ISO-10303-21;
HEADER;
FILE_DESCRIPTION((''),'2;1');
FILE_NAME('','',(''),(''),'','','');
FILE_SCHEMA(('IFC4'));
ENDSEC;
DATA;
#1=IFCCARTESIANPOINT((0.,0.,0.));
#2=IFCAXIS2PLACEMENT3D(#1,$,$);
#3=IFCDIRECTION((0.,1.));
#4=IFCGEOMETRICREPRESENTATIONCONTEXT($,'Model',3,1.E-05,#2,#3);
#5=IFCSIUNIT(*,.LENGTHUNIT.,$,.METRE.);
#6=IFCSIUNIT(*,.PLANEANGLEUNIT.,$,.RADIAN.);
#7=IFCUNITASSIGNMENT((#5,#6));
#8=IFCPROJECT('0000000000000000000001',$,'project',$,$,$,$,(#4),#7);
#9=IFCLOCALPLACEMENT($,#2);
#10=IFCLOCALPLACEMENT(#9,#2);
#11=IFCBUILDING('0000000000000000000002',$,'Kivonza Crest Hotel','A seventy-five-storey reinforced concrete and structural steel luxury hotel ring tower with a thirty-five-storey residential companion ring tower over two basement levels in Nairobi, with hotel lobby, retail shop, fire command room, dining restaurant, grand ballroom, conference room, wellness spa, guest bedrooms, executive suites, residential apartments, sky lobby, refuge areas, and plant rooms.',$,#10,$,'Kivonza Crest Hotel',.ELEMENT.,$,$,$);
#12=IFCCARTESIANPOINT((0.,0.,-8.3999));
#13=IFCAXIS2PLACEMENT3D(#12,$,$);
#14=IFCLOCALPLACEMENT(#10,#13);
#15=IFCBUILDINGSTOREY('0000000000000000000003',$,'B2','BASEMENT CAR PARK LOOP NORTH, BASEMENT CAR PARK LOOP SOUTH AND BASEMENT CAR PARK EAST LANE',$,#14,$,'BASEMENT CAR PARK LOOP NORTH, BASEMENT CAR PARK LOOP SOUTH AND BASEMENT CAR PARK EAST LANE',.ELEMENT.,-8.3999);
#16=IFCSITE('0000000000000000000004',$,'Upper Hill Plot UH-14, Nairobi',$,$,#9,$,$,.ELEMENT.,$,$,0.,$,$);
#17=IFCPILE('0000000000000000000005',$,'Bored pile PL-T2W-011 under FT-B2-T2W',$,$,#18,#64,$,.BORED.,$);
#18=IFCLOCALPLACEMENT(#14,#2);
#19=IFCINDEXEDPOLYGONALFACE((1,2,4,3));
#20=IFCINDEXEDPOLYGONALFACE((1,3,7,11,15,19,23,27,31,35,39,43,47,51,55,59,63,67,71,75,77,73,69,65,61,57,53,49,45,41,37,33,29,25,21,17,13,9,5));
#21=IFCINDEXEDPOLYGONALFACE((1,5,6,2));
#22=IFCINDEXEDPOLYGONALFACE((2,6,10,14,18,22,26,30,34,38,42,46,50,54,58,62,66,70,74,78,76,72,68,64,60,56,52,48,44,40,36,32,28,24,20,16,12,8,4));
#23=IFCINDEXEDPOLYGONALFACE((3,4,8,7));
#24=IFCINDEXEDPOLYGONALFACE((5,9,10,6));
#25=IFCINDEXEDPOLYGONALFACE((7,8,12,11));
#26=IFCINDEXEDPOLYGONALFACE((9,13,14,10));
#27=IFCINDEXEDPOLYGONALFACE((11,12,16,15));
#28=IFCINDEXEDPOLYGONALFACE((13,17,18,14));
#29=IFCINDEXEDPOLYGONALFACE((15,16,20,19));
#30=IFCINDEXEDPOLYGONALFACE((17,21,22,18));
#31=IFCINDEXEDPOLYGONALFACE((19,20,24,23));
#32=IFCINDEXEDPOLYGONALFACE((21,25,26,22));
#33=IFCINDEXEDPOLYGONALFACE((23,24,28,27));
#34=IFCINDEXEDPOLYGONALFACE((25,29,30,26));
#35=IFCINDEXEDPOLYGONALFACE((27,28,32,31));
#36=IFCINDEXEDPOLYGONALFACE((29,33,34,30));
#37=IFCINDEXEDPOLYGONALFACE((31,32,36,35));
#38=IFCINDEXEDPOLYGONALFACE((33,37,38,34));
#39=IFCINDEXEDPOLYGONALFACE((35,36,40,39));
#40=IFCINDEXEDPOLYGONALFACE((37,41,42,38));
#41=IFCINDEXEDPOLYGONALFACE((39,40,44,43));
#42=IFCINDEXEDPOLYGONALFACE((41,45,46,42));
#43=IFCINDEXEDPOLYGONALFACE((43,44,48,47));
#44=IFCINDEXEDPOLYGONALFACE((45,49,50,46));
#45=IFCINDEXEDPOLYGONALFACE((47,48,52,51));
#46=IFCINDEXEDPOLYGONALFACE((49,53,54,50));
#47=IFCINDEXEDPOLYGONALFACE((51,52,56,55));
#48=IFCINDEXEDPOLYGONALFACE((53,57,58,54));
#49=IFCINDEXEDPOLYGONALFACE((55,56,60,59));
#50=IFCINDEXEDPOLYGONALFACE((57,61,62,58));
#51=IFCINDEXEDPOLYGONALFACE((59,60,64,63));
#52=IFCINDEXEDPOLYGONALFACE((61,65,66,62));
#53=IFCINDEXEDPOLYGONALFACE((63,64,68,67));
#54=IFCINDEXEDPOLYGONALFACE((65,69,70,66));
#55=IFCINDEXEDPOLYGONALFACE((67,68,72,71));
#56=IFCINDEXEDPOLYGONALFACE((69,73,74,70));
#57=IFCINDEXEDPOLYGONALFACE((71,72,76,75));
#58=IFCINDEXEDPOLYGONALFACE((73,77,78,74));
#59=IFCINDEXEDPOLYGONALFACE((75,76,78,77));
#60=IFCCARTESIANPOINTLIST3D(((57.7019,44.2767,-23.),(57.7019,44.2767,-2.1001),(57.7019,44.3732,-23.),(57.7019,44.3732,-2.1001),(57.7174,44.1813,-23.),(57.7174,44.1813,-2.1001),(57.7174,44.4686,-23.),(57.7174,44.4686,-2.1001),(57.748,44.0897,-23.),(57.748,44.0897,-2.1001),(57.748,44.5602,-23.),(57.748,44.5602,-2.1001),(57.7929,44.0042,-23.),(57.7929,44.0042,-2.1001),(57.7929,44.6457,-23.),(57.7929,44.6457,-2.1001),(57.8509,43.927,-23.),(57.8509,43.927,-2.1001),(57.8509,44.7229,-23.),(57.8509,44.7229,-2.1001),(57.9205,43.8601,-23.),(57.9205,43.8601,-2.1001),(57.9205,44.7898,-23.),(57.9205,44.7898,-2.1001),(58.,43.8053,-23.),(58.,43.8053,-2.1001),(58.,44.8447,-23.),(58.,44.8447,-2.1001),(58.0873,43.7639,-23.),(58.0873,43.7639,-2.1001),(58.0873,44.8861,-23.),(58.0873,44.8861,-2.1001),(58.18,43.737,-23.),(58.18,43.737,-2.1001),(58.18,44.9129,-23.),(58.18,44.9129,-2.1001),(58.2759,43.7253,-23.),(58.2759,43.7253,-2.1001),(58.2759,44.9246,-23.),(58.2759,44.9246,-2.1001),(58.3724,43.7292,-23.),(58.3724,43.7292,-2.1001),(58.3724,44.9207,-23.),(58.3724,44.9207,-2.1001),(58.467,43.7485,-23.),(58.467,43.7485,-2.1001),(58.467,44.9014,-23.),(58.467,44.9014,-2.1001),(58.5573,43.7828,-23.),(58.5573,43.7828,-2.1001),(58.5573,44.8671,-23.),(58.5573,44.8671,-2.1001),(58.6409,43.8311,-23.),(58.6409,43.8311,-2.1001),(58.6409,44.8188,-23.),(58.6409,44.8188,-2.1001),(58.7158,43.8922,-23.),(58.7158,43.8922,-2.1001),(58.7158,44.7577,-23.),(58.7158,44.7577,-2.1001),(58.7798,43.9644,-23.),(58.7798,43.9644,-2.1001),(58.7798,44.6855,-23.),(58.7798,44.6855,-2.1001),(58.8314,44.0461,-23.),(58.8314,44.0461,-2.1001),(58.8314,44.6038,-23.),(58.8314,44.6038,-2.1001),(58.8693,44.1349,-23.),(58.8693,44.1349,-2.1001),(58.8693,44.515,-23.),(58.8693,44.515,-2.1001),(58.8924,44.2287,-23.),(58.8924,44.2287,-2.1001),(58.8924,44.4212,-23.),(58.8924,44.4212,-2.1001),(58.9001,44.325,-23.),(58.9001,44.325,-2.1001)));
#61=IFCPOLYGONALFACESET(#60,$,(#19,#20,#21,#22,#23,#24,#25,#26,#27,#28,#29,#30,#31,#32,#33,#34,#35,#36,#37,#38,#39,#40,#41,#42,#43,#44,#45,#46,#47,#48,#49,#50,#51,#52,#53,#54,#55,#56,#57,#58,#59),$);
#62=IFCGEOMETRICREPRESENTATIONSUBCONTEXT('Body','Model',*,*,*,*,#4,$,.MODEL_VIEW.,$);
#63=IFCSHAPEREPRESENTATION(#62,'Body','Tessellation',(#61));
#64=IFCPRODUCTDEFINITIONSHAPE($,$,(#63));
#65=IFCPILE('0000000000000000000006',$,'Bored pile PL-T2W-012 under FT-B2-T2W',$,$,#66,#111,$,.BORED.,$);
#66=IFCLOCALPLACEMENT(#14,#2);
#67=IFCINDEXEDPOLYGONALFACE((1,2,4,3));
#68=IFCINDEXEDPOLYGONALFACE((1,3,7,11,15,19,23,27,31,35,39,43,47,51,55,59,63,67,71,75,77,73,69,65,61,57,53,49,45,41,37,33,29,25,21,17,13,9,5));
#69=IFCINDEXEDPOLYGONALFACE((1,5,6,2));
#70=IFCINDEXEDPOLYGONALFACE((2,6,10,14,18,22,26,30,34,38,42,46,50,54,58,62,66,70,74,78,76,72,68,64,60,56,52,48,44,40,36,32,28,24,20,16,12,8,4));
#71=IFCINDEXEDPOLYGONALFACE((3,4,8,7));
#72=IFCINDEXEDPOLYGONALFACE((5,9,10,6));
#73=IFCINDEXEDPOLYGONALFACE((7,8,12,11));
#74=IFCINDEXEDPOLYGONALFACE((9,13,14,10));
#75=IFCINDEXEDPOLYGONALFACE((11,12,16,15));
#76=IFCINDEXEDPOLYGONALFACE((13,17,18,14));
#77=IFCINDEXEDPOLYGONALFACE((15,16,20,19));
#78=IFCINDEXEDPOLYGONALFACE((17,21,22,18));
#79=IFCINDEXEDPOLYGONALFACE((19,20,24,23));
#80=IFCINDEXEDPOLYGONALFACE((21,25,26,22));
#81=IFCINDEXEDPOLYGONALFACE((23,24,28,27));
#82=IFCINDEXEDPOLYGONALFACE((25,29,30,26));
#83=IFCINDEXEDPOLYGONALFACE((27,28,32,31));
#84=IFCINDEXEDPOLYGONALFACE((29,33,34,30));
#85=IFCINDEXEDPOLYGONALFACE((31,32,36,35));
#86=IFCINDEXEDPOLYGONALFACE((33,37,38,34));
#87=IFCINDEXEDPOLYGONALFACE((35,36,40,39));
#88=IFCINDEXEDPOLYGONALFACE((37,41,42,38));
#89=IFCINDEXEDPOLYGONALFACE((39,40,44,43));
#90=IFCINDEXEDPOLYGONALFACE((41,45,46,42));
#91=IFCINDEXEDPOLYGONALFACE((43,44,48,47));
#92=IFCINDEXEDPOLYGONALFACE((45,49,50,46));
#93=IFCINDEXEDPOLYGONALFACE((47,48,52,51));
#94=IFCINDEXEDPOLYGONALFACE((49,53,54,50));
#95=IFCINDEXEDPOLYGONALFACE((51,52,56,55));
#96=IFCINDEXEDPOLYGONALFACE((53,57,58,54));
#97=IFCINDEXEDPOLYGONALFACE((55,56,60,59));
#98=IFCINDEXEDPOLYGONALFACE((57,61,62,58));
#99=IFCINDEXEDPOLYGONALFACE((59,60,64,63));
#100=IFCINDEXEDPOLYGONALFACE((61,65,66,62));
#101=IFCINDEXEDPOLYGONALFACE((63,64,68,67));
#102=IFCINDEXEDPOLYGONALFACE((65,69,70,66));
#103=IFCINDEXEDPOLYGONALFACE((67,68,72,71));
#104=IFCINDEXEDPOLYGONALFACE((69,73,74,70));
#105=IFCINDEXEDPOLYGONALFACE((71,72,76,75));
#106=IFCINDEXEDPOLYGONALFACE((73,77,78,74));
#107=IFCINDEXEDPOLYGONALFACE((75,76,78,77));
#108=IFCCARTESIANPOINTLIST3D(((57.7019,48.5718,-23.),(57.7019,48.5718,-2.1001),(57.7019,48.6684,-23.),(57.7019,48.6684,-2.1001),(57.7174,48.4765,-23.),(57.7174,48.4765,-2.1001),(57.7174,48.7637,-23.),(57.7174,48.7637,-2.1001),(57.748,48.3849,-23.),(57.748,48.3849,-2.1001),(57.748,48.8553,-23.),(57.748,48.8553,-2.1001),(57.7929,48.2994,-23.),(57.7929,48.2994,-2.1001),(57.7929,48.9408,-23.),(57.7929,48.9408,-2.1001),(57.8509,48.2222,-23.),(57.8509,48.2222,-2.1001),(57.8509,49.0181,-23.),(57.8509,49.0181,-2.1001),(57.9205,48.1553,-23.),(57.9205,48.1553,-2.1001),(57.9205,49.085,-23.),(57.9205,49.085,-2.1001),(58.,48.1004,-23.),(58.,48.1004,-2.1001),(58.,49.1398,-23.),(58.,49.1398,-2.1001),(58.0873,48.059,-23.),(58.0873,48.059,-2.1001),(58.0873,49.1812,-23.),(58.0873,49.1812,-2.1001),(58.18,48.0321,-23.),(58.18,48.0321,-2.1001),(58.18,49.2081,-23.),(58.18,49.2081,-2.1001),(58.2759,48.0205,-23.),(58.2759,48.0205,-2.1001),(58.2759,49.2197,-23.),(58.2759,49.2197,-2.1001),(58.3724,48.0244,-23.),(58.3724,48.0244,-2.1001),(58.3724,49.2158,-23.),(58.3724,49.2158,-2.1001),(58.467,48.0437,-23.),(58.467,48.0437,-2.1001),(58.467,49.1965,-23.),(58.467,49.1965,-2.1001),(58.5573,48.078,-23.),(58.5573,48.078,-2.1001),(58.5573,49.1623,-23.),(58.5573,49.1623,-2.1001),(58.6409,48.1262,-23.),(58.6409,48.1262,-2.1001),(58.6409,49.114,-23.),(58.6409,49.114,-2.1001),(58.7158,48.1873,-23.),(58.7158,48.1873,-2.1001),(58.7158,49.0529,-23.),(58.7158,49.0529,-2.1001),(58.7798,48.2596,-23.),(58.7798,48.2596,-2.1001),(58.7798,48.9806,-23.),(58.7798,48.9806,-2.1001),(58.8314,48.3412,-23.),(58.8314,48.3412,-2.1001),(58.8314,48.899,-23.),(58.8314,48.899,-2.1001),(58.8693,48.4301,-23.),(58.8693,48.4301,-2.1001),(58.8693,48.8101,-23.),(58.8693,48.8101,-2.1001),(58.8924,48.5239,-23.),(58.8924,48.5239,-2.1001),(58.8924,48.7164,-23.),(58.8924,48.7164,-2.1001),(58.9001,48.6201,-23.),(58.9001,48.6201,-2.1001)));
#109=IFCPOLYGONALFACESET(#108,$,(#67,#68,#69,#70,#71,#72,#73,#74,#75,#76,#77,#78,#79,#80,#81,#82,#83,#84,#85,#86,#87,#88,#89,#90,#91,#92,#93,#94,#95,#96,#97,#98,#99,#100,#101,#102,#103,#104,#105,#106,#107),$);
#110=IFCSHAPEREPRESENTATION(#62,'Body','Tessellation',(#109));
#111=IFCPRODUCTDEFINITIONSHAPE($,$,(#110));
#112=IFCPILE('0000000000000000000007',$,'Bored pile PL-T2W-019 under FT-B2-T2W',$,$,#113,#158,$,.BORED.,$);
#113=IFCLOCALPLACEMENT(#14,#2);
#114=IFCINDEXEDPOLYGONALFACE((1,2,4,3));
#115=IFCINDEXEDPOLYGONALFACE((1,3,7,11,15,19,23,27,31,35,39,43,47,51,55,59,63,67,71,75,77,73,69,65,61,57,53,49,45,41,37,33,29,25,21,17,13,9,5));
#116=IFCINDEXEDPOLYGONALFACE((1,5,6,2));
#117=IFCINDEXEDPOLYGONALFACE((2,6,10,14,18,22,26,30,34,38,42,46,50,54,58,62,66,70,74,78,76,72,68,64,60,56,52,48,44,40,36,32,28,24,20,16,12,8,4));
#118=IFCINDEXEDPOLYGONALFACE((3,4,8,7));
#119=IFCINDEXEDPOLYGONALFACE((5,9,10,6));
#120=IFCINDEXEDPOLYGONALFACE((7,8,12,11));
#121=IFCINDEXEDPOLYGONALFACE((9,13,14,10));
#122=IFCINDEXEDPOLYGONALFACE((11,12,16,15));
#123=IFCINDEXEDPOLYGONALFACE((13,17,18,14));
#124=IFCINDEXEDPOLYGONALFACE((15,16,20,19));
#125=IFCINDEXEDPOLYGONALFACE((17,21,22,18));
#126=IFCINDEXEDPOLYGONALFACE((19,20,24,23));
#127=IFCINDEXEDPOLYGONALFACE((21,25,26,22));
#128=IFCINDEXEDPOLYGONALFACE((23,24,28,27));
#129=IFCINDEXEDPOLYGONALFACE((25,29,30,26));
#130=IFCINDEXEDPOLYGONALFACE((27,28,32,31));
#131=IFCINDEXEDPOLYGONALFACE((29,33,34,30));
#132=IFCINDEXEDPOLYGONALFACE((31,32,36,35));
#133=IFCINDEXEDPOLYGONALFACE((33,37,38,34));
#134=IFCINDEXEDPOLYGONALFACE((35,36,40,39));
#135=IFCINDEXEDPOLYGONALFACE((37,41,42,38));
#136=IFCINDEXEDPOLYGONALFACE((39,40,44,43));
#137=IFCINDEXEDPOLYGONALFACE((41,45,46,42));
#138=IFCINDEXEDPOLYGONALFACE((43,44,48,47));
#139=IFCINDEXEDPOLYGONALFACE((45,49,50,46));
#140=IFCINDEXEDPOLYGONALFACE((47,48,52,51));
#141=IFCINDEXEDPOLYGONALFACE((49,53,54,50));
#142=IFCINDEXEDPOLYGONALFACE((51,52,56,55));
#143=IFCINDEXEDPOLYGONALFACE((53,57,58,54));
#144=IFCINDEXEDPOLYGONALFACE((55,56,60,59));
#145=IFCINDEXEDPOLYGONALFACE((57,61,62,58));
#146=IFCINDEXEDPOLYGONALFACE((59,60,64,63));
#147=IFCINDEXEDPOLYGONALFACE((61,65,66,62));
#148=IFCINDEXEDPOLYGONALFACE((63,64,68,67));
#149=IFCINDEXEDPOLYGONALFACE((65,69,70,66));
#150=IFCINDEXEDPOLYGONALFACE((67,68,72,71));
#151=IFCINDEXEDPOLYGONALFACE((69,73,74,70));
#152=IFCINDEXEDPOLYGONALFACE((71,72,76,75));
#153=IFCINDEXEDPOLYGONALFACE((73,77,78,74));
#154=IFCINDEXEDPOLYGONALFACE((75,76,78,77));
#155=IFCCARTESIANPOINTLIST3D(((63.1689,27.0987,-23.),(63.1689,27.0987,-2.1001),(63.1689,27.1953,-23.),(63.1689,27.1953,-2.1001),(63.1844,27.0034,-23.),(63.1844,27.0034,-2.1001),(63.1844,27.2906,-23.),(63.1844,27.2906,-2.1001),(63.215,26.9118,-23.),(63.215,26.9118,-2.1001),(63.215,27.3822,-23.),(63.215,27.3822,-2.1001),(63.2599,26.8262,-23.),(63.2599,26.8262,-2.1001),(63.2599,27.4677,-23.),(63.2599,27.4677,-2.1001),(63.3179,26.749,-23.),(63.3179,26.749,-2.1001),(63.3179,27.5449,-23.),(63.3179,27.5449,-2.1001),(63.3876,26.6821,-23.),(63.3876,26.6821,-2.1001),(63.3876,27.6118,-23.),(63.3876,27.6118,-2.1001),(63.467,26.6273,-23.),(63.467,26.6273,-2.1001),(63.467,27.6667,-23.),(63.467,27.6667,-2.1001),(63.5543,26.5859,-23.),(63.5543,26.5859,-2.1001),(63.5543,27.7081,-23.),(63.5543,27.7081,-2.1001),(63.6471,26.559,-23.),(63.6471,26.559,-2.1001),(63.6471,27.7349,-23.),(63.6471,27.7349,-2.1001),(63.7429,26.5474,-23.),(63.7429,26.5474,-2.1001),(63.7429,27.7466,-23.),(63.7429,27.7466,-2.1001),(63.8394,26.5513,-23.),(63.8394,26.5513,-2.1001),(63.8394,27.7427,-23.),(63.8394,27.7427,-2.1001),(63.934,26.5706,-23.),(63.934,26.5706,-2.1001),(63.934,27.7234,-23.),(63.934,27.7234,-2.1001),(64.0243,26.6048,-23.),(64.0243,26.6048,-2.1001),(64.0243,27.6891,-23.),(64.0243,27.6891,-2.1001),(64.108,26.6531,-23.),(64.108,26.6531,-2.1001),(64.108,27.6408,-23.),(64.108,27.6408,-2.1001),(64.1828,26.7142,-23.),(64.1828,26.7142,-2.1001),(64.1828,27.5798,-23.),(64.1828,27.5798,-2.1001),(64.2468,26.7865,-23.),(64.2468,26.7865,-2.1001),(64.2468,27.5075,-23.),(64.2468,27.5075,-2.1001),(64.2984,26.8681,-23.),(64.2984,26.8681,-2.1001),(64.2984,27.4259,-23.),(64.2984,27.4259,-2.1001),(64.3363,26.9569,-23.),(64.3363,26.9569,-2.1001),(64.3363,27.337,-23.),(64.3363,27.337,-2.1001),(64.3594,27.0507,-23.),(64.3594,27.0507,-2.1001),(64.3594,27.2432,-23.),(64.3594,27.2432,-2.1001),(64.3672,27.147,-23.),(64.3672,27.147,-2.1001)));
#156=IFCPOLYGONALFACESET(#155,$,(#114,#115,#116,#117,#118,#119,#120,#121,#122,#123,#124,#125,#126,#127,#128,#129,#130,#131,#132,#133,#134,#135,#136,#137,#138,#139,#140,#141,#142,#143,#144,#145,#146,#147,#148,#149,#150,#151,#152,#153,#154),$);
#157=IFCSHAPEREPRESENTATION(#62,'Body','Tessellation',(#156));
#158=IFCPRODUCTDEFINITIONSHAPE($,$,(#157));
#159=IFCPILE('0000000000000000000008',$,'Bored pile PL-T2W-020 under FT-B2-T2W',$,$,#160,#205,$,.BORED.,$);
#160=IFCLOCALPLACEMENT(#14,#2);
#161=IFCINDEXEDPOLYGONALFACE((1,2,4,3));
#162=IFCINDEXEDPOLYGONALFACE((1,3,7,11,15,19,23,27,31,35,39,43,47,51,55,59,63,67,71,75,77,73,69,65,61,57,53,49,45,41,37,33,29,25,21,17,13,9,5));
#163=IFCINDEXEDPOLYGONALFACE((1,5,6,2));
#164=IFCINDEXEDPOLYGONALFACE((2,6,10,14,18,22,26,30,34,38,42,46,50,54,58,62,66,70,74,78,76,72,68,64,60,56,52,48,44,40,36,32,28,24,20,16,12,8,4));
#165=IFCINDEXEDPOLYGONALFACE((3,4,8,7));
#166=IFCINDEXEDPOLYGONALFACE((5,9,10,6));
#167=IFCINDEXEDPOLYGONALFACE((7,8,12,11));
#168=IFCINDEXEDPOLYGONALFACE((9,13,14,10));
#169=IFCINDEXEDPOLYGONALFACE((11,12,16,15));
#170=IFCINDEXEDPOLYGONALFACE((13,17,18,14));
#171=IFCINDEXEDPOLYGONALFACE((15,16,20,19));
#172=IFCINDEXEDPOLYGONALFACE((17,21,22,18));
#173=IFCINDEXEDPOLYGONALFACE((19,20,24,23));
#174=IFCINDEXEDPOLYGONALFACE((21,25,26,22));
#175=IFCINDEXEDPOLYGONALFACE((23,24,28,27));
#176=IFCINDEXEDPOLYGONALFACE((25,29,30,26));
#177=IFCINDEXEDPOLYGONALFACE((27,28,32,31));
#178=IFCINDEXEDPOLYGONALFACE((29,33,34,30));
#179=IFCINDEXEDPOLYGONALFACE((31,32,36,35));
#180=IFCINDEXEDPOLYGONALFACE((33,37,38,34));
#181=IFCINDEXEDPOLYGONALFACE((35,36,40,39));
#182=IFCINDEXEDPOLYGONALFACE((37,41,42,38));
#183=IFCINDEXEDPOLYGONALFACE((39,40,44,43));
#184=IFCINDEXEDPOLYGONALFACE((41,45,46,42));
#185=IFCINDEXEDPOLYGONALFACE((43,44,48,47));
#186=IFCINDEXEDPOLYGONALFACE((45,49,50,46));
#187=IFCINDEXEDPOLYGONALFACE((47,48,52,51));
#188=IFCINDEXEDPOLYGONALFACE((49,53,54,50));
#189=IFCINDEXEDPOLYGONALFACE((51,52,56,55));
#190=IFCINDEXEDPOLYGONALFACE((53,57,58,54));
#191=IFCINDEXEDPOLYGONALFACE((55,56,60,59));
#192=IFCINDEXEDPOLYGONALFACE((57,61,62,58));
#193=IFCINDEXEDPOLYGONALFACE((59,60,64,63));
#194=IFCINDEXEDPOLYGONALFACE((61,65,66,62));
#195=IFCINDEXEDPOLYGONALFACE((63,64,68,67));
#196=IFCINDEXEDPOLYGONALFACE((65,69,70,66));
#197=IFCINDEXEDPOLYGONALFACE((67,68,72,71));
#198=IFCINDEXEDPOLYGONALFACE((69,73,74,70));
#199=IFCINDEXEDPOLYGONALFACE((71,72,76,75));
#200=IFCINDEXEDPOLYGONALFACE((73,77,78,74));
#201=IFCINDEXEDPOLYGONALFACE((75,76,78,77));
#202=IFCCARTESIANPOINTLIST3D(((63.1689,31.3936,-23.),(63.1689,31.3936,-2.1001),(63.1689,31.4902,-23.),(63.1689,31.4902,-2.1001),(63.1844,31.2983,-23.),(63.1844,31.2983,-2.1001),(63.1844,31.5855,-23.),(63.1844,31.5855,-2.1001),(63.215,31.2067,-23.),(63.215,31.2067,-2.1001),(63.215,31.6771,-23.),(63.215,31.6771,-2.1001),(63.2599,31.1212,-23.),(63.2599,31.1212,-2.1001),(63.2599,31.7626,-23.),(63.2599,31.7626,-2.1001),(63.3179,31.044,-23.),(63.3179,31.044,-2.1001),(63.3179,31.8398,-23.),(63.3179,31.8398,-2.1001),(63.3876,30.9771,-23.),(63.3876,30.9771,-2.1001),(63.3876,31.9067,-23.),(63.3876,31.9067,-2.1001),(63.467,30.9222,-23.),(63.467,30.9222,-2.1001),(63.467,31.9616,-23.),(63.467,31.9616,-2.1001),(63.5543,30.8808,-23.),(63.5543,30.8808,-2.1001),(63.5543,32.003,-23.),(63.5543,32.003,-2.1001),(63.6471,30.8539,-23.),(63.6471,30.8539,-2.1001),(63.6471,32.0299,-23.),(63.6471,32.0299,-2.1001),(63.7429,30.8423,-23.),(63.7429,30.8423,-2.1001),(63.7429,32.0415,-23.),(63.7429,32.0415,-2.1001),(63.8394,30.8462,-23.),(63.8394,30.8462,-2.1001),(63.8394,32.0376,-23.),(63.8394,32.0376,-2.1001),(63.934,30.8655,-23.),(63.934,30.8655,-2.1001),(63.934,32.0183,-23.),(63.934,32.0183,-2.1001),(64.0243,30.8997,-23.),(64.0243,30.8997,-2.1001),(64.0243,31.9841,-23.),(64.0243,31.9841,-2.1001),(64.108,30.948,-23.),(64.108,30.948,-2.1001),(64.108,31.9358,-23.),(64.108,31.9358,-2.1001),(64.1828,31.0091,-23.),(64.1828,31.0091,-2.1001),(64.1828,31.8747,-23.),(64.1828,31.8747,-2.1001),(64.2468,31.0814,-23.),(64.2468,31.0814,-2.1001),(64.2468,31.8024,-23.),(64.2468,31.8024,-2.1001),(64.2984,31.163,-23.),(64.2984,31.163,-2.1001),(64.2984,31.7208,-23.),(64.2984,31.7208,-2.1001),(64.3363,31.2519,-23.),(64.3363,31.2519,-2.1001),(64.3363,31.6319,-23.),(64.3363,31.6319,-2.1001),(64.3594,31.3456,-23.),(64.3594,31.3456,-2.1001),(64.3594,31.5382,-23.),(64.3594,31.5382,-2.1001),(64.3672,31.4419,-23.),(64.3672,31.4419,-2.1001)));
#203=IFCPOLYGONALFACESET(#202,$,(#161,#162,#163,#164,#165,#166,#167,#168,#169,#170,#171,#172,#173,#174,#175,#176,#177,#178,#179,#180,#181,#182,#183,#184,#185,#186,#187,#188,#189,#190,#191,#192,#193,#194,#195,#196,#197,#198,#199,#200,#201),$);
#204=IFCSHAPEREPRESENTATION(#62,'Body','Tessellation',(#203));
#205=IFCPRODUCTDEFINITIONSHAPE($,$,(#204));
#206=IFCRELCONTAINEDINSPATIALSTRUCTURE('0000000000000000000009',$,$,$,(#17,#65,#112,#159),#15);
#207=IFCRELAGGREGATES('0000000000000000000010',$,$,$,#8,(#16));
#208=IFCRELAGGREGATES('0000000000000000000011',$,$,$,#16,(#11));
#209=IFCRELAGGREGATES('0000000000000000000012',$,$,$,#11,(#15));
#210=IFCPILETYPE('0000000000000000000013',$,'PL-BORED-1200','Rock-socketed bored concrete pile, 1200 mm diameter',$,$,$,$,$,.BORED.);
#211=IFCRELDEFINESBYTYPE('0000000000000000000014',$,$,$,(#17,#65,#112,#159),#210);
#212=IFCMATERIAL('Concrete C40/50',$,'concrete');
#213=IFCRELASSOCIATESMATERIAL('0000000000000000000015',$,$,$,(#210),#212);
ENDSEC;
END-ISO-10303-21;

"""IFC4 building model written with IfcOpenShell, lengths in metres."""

from ifc_helpers import new_model, si_unit, direction, frame, origin, origin_2d, place, context, subcontext, project, spatial, circle, extrude, material, material_profile, profile_set, type_object, element, save


model = new_model("IFC4")

# Units and contexts
model_context = context("Model", 3, precision=1e-05, world=origin(), true_north=direction((0.0, 1.0)))
body_context = subcontext(model_context, "Body", "Model", "MODEL_VIEW")
ifc_project = project(units=[si_unit("LENGTHUNIT", "METRE"), si_unit("PLANEANGLEUNIT", "RADIAN")], contexts=[model_context])

# Site, building, storey
site_placement = place(None, origin())
site = spatial("IfcSite", under=ifc_project, at=site_placement, Name="Upper Hill Plot UH-14, Nairobi", CompositionType="ELEMENT", RefElevation=0.0)
building_placement = place(site_placement, origin())
building = spatial("IfcBuilding", under=site, at=building_placement, Name="Kivonza Crest Hotel", Description="A seventy-five-storey reinforced concrete and structural steel luxury hotel ring tower with a thirty-five-storey residential companion ring tower over two basement levels in Nairobi, with hotel lobby, retail shop, fire command room, dining restaurant, grand ballroom, conference room, wellness spa, guest bedrooms, executive suites, residential apartments, sky lobby, refuge areas, and plant rooms.", LongName="Kivonza Crest Hotel", CompositionType="ELEMENT")
storey_placement = place(building_placement, frame((0.0, 0.0, -8.3999)))
storey = spatial("IfcBuildingStorey", under=building, at=storey_placement, Name="B2", Description="BASEMENT CAR PARK LOOP NORTH, BASEMENT CAR PARK LOOP SOUTH AND BASEMENT CAR PARK EAST LANE", LongName="BASEMENT CAR PARK LOOP NORTH, BASEMENT CAR PARK LOOP SOUTH AND BASEMENT CAR PARK EAST LANE", CompositionType="ELEMENT", Elevation=-8.3999)

# Piles
ifc_material_1 = material(Name="Concrete C40/50", Category="concrete")
ifc_material_profile_1 = material_profile(ifc_material_1, circle(Radius=0.6001, at=origin_2d()), Name="PILE D1200")
ifc_profile_set_1 = profile_set([ifc_material_profile_1], Name="Concrete C40/50")
pile_type = type_object("IfcPileType", Name="PL-BORED-1200", Description="Rock-socketed bored concrete pile, 1200 mm diameter", PredefinedType="BORED", material=ifc_profile_set_1)
for number, where, z_axis, x_axis, name in (
    (1, (58.3, 44.325, -2.1001), (0.0, 0.0, -1.0), (1.0, 0.0, 0.0), "Bored pile PL-T2W-011 under FT-B2-T2W"),
    (2, (58.3, 48.6201, -2.1001), (0.0, 0.0, -1.0), (1.0, 0.0, 0.0), "Bored pile PL-T2W-012 under FT-B2-T2W"),
    (3, (63.7671, 27.147, -2.1001), (0.0, 0.0, -1.0), (1.0, 0.0, 0.0), "Bored pile PL-T2W-019 under FT-B2-T2W"),
    (4, (63.7671, 31.4419, -2.1001), (0.0, 0.0, -1.0), (1.0, 0.0, 0.0), "Bored pile PL-T2W-020 under FT-B2-T2W"),
):
    element("IfcPile", number, at=place(storey_placement, frame(where, z_axis=z_axis, x_axis=x_axis)), inside=storey, type_object=pile_type, Name=name, PredefinedType="BORED", context=body_context, shape_type="SweptSolid", body=[
        extrude(circle(Radius=0.6001, at=origin_2d()), origin(), (0.0, 0.0, 1.0), 20.8999),
    ])

save(model, "model.ifc")
